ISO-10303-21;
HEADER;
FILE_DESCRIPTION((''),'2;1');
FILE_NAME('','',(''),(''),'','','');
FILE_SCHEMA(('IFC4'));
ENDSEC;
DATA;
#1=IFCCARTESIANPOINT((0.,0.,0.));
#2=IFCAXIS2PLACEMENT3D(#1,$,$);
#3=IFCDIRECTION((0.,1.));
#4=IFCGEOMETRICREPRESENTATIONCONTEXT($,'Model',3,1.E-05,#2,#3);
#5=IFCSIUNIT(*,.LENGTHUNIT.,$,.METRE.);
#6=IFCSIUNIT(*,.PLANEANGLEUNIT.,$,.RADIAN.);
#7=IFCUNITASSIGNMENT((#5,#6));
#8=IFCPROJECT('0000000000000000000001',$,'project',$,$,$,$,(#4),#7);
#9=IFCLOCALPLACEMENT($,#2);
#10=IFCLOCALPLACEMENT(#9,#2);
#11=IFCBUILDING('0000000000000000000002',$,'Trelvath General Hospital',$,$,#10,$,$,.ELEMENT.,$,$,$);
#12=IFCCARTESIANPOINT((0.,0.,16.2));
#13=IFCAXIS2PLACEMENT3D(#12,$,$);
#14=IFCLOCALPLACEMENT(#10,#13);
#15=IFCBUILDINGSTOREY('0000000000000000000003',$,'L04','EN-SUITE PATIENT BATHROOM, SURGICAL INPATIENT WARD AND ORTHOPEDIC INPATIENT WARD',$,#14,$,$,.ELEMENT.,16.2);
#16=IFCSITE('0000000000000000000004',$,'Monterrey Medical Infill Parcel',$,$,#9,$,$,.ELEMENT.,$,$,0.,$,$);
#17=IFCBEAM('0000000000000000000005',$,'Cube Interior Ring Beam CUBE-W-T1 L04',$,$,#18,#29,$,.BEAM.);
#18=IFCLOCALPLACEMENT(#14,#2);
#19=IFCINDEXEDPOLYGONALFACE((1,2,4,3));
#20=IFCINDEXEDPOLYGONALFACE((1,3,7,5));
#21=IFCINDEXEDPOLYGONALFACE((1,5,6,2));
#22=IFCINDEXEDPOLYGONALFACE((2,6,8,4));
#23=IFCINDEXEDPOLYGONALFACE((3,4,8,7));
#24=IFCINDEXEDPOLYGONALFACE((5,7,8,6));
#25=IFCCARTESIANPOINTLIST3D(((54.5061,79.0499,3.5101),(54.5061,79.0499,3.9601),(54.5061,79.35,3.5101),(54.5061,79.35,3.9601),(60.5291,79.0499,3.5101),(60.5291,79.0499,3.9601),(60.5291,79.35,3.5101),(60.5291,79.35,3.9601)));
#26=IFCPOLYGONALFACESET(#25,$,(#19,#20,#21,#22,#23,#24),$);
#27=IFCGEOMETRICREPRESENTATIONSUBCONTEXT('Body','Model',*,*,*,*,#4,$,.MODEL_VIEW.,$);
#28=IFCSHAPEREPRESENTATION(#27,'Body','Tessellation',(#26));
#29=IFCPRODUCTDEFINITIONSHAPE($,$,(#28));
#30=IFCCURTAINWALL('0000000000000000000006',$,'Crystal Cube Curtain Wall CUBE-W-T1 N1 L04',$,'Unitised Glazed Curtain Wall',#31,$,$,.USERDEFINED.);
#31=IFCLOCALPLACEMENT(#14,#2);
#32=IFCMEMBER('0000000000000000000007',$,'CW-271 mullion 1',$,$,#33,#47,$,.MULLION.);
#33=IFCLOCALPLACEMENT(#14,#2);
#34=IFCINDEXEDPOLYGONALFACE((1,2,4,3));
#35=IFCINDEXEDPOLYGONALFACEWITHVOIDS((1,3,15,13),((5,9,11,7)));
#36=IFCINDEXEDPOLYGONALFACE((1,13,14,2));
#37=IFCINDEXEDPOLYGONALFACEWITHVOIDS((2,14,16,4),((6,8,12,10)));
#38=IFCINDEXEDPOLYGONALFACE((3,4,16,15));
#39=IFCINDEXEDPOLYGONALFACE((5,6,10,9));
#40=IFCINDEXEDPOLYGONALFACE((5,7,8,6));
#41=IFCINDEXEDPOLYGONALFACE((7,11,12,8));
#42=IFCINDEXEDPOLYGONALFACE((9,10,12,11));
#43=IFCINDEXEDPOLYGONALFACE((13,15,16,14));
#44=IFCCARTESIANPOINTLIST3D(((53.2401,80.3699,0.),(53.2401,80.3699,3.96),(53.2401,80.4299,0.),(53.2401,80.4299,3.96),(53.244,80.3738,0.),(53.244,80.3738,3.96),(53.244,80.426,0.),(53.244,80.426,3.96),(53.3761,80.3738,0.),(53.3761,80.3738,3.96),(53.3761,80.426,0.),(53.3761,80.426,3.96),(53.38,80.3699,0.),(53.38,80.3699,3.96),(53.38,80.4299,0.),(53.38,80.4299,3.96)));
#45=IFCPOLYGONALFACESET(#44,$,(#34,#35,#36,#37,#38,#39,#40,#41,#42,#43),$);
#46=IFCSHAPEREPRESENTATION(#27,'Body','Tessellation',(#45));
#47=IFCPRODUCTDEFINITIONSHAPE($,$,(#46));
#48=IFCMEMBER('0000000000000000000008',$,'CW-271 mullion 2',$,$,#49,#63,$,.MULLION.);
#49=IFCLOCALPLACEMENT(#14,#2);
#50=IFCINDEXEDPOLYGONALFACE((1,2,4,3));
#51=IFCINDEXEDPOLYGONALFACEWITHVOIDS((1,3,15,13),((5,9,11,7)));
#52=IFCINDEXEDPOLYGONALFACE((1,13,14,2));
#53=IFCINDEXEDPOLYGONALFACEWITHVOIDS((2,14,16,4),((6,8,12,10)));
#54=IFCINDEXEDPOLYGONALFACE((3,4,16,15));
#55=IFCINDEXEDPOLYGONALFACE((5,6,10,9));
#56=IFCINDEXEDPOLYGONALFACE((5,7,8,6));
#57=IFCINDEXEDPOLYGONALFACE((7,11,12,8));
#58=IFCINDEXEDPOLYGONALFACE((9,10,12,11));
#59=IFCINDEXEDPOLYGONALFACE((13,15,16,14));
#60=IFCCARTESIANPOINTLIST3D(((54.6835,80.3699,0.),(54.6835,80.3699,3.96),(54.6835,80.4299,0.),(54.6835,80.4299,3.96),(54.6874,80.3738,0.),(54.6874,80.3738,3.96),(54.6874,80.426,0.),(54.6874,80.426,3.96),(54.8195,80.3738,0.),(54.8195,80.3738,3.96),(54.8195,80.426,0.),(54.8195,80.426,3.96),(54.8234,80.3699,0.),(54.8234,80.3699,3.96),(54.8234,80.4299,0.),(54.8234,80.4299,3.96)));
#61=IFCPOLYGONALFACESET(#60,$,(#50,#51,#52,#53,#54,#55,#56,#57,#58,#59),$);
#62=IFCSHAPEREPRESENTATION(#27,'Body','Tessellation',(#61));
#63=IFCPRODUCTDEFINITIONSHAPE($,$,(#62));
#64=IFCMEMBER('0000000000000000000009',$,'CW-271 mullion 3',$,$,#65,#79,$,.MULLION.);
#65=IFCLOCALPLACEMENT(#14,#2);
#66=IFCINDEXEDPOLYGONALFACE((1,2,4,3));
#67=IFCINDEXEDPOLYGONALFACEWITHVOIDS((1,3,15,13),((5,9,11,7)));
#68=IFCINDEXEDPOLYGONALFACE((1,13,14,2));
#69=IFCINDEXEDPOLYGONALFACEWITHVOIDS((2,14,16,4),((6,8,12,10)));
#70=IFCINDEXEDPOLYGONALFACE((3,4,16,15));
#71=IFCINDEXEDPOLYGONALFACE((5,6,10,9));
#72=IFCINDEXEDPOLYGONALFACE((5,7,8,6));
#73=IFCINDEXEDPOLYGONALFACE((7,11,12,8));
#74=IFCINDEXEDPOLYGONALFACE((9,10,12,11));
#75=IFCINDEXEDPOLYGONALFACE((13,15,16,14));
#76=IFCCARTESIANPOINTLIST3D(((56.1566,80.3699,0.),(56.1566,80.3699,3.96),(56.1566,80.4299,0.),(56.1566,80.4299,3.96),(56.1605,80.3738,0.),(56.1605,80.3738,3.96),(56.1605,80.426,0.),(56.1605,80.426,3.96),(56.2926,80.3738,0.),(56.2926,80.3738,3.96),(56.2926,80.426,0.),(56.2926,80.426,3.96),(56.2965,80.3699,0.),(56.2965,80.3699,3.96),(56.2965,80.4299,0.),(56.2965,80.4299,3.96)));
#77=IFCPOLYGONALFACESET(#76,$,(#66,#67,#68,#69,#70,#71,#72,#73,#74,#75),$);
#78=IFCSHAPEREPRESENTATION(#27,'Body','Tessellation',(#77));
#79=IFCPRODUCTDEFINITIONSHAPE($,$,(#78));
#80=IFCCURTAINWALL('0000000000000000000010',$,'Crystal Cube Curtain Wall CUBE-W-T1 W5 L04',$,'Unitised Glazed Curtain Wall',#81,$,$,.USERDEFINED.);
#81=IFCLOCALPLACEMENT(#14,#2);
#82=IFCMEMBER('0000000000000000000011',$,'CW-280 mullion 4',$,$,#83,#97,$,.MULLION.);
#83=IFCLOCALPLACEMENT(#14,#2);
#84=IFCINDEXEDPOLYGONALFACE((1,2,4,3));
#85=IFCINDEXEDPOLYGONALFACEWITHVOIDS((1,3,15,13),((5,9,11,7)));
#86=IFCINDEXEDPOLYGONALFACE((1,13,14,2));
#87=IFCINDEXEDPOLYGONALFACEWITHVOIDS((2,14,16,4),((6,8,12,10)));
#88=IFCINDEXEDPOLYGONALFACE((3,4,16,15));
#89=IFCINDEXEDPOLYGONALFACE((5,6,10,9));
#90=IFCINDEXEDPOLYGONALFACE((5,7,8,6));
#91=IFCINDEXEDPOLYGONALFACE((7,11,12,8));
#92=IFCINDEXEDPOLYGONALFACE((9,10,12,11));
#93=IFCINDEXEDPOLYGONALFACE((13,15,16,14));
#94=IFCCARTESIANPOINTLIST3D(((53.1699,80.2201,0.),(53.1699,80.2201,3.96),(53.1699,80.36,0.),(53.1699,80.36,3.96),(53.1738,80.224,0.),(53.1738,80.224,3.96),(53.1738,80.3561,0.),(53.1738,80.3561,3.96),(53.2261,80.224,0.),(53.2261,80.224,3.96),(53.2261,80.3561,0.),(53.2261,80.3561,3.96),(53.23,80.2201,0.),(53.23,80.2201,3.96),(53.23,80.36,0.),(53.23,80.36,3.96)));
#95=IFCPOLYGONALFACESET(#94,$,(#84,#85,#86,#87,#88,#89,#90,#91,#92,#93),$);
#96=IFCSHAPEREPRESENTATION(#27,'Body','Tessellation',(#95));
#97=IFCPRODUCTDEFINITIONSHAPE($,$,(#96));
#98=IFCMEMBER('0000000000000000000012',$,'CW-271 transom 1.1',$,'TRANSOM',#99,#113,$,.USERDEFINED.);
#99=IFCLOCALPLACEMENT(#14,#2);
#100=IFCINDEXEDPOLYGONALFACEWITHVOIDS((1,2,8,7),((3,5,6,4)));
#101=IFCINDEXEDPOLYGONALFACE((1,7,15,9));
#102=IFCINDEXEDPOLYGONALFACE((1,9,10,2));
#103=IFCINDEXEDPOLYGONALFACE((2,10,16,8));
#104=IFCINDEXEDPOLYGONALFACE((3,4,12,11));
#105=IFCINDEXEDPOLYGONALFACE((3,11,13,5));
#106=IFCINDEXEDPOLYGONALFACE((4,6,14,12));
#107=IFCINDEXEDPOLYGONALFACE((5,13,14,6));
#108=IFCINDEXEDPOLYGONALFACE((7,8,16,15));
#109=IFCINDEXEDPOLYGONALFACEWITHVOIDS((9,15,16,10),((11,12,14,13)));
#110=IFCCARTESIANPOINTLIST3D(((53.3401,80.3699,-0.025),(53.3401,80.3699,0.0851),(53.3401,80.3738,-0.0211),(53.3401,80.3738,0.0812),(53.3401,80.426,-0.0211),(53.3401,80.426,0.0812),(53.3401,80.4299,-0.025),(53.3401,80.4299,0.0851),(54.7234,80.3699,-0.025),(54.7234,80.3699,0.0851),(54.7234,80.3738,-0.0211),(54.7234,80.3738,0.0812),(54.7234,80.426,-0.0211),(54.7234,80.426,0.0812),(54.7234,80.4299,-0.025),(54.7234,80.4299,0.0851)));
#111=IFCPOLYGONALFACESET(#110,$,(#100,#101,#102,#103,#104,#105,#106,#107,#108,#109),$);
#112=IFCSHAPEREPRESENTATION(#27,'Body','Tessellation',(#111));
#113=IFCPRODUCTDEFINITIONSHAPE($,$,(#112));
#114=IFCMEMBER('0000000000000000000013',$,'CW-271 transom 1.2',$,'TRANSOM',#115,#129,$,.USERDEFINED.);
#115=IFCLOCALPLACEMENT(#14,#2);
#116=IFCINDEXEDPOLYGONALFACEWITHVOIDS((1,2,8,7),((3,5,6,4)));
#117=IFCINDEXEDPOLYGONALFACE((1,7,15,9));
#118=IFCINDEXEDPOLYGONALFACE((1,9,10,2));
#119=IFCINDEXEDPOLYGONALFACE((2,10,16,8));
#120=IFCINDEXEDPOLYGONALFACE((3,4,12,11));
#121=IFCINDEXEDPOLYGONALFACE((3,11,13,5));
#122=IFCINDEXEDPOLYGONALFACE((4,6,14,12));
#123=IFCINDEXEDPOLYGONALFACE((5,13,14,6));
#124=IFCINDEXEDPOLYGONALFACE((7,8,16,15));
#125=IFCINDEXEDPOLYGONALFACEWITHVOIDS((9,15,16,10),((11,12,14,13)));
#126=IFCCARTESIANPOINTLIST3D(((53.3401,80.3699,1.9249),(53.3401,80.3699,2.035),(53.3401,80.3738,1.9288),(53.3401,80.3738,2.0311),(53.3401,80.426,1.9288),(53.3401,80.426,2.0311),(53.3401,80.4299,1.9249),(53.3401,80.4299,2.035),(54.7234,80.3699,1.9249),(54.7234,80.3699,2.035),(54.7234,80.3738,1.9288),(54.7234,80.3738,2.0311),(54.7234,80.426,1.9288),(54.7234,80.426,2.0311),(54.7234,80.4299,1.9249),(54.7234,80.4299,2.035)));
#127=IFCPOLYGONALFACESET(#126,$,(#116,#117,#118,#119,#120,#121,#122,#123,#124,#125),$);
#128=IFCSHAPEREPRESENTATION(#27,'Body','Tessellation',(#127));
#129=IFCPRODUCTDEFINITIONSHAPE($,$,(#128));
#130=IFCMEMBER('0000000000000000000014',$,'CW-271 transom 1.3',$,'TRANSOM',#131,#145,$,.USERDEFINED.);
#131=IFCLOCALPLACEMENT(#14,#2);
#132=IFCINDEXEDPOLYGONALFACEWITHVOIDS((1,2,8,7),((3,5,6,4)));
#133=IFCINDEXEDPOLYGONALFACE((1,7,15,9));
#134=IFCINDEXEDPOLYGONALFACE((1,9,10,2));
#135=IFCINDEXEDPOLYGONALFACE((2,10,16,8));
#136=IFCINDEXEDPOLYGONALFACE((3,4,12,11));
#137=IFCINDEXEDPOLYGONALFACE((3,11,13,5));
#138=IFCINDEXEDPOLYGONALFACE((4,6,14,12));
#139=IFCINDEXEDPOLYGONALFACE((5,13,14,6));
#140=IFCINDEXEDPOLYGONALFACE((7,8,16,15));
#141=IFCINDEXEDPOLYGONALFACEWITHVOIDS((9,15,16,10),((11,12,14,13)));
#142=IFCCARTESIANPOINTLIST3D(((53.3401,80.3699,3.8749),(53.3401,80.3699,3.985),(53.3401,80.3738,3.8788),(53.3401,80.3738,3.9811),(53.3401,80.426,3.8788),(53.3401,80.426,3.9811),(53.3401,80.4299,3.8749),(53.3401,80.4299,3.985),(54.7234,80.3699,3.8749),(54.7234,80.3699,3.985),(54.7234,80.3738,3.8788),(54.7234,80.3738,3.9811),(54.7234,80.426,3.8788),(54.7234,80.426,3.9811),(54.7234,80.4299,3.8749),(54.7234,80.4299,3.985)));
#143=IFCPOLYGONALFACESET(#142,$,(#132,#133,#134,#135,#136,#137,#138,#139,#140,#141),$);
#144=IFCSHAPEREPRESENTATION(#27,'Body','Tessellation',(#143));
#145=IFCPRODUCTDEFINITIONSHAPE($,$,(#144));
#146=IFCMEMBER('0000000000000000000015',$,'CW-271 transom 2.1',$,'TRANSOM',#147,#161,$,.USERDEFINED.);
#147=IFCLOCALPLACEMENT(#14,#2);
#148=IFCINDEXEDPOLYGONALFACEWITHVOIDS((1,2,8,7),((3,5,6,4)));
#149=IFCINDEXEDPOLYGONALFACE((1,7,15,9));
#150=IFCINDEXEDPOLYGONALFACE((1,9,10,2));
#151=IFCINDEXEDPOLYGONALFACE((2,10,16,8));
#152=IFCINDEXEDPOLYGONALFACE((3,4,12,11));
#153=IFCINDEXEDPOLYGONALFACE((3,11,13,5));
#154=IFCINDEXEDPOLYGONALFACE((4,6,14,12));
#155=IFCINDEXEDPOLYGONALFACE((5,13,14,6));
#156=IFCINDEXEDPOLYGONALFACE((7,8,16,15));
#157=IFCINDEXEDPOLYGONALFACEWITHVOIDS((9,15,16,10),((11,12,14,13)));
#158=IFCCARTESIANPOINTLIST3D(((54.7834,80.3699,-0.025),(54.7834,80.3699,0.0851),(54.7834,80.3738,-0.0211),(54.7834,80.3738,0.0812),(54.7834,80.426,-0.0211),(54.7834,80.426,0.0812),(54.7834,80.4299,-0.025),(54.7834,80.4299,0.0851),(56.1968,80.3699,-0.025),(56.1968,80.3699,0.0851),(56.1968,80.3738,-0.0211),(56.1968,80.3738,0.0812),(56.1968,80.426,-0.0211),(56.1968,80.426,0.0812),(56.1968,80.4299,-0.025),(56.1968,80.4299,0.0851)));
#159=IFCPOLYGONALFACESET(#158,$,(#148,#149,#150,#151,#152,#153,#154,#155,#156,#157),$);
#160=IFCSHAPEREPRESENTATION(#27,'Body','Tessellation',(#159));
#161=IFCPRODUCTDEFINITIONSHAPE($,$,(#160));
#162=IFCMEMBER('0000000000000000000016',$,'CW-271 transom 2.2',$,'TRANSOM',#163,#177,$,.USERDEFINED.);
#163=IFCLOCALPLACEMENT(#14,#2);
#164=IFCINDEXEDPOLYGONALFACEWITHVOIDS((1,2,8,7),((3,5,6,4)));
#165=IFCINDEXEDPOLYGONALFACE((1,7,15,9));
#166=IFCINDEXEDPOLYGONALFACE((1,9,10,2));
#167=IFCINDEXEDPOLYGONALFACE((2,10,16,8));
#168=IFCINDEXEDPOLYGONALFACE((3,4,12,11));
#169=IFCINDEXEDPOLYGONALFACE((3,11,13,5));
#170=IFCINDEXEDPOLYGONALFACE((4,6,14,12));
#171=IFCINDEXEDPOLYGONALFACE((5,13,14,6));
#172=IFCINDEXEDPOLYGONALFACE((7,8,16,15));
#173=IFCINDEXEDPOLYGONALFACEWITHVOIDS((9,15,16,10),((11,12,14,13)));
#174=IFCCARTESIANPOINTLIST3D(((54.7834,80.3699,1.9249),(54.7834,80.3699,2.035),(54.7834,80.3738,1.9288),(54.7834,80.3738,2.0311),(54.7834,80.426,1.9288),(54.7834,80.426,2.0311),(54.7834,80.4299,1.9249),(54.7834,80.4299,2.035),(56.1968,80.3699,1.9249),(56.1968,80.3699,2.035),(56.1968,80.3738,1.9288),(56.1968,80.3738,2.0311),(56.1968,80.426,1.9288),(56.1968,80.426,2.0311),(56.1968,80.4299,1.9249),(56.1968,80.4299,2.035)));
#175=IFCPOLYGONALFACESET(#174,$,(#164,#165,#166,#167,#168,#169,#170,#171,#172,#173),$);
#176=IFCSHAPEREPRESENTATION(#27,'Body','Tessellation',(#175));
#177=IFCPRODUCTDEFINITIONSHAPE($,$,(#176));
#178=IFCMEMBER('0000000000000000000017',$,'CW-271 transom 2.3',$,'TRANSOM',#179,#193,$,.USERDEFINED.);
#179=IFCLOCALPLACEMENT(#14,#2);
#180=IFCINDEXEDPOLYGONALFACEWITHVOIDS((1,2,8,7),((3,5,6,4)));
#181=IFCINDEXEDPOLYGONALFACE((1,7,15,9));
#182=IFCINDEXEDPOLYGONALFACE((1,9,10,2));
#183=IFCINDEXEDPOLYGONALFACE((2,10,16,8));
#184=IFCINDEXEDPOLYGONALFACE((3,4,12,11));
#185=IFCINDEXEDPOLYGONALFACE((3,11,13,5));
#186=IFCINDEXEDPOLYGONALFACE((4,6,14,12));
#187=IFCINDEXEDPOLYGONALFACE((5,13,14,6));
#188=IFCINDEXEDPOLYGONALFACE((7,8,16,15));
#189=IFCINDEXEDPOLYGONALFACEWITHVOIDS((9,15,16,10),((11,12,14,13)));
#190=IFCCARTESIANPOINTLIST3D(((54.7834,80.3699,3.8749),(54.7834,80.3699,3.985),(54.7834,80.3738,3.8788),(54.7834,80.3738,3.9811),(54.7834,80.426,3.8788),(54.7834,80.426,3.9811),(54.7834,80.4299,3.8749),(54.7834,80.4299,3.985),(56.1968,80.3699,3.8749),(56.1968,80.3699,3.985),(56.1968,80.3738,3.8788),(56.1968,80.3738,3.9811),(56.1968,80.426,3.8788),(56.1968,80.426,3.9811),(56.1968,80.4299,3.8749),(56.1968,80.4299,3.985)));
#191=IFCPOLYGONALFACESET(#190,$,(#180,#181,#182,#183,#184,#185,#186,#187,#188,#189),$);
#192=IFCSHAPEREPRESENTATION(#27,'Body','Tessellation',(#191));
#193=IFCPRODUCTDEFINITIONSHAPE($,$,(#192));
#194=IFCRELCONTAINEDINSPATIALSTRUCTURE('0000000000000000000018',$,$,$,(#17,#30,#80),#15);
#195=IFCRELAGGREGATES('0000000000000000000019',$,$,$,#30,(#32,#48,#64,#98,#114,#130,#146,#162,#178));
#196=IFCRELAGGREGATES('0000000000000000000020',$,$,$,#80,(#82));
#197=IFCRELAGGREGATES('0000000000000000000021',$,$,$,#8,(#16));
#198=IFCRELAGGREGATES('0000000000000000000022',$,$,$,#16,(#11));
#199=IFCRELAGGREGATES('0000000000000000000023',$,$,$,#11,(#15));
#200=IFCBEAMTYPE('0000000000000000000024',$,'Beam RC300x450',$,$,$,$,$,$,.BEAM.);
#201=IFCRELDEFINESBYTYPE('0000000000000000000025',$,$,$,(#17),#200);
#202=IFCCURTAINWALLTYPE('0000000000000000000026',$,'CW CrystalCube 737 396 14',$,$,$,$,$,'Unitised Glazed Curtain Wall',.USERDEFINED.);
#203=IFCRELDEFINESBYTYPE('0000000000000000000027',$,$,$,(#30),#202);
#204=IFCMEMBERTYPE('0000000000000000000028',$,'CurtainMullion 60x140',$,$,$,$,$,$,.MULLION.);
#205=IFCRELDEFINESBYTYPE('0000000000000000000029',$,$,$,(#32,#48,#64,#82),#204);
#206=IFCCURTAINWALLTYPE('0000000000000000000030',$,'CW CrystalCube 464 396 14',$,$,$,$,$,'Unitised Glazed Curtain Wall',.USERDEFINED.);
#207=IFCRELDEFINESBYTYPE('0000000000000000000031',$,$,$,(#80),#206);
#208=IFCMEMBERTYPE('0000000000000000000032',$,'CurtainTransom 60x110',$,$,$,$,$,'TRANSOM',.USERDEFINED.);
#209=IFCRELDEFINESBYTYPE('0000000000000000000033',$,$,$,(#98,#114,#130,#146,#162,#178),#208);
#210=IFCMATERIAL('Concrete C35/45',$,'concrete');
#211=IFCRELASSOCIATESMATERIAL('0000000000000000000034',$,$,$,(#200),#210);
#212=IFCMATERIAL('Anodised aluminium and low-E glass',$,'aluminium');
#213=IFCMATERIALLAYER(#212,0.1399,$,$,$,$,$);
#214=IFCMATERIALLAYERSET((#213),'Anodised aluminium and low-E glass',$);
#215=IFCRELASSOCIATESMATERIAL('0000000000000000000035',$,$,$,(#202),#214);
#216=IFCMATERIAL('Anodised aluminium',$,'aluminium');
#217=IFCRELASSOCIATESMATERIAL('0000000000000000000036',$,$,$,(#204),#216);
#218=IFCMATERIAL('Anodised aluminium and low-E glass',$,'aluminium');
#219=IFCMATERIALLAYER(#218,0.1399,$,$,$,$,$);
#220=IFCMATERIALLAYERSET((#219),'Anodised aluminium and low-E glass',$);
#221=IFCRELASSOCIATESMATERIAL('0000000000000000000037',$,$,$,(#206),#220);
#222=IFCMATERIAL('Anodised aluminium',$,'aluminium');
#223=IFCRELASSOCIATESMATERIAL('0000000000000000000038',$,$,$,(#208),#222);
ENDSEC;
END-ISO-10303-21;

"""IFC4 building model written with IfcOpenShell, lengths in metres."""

from ifc_helpers import new_model, si_unit, direction, frame, origin, origin_2d, place, context, subcontext, project, spatial, rectangle, hollow_rectangle, extrude, material, layer, layer_set, material_profile, profile_set, type_object, element, aggregate, save


model = new_model("IFC4")

# Units and contexts
model_context = context("Model", 3, precision=1e-05, world=origin(), true_north=direction((0.0, 1.0)))
body_context = subcontext(model_context, "Body", "Model", "MODEL_VIEW")
ifc_project = project(units=[si_unit("LENGTHUNIT", "METRE"), si_unit("PLANEANGLEUNIT", "RADIAN")], contexts=[model_context])

# Site, building, storey
site_placement = place(None, origin())
site = spatial("IfcSite", under=ifc_project, at=site_placement, Name="Monterrey Medical Infill Parcel", CompositionType="ELEMENT", RefElevation=0.0)
building_placement = place(site_placement, origin())
building = spatial("IfcBuilding", under=site, at=building_placement, Name="Trelvath General Hospital", CompositionType="ELEMENT")
storey_placement = place(building_placement, frame((0.0, 0.0, 16.2)))
storey = spatial("IfcBuildingStorey", under=building, at=storey_placement, Name="L04", Description="EN-SUITE PATIENT BATHROOM, SURGICAL INPATIENT WARD AND ORTHOPEDIC INPATIENT WARD", CompositionType="ELEMENT", Elevation=16.2)

# Beam
ifc_material_1 = material(Name="Concrete C35/45", Category="concrete")
ifc_material_profile_1 = material_profile(ifc_material_1, rectangle(XDim=0.3, YDim=0.45, at=origin_2d()), Name="RCB300x450")
ifc_profile_set_1 = profile_set([ifc_material_profile_1], Name="Concrete C35/45")
beam_type = type_object("IfcBeamType", Name="Beam RC300x450", PredefinedType="BEAM", material=ifc_profile_set_1)
beam_placement = place(storey_placement, frame((54.5061, 79.2, 3.7351), z_axis=(1.0, 0.0, 0.0), x_axis=(0.0, 1.0, 0.0)))
element("IfcBeam", 1, at=beam_placement, inside=storey, type_object=beam_type, Name="Cube Interior Ring Beam CUBE-W-T1 L04", PredefinedType="BEAM", context=body_context, shape_type="SweptSolid", body=[
    extrude(rectangle(XDim=0.3, YDim=0.45, at=origin_2d()), origin(), (0.0, 0.0, 1.0), 6.0229),
])

# Curtain wall, members
ifc_material_2 = material(Name="Anodised aluminium and low-E glass", Category="aluminium")
ifc_layer_1 = layer(ifc_material_2, 0.1399)
ifc_layer_set_1 = layer_set([ifc_layer_1], Name="Anodised aluminium and low-E glass")
curtain_wall_type_1 = type_object("IfcCurtainWallType", Name="CW CrystalCube 737 396 14", ElementType="Unitised Glazed Curtain Wall", PredefinedType="USERDEFINED", material=ifc_layer_set_1)
curtain_wall_1_placement = place(storey_placement, origin())
curtain_wall_1 = element("IfcCurtainWall", 2, at=curtain_wall_1_placement, inside=storey, type_object=curtain_wall_type_1, Name="Crystal Cube Curtain Wall CUBE-W-T1 N1 L04", ObjectType="Unitised Glazed Curtain Wall", PredefinedType="USERDEFINED")
ifc_material_3 = material(Name="Anodised aluminium", Category="aluminium")
ifc_material_profile_2 = material_profile(ifc_material_3, hollow_rectangle(XDim=0.0601, YDim=0.1399, WallThickness=0.0039, at=origin_2d()), Name="RHS60x140x4")
ifc_profile_set_2 = profile_set([ifc_material_profile_2], Name="Anodised aluminium")
member_type_1 = type_object("IfcMemberType", Name="CurtainMullion 60x140", PredefinedType="MULLION", material=ifc_profile_set_2)
member_1_placement = place(storey_placement, frame((53.3101, 80.3999, 0.0), z_axis=(0.0, 0.0, 1.0), x_axis=(0.0, 1.0, 0.0)))
member_1 = element("IfcMember", 3, at=member_1_placement, type_object=member_type_1, Name="CW-271 mullion 1", PredefinedType="MULLION", context=body_context, shape_type="SweptSolid", body=[
    extrude(hollow_rectangle(XDim=0.0601, YDim=0.1399, WallThickness=0.0039, at=origin_2d()), origin(), (0.0, 0.0, 1.0), 3.96),
])
member_2_placement = place(storey_placement, frame((54.7534, 80.3999, 0.0), z_axis=(0.0, 0.0, 1.0), x_axis=(0.0, 1.0, 0.0)))
member_2 = element("IfcMember", 4, at=member_2_placement, type_object=member_type_1, Name="CW-271 mullion 2", PredefinedType="MULLION", context=body_context, shape_type="SweptSolid", body=[
    extrude(hollow_rectangle(XDim=0.0601, YDim=0.1399, WallThickness=0.0039, at=origin_2d()), origin(), (0.0, 0.0, 1.0), 3.96),
])
member_3_placement = place(storey_placement, frame((56.2266, 80.3999, 0.0), z_axis=(0.0, 0.0, 1.0), x_axis=(0.0, 1.0, 0.0)))
member_3 = element("IfcMember", 5, at=member_3_placement, type_object=member_type_1, Name="CW-271 mullion 3", PredefinedType="MULLION", context=body_context, shape_type="SweptSolid", body=[
    extrude(hollow_rectangle(XDim=0.0601, YDim=0.1399, WallThickness=0.0039, at=origin_2d()), origin(), (0.0, 0.0, 1.0), 3.96),
])

# Curtain wall, member
ifc_material_4 = material(Name="Anodised aluminium and low-E glass", Category="aluminium")
ifc_layer_2 = layer(ifc_material_4, 0.1399)
ifc_layer_set_2 = layer_set([ifc_layer_2], Name="Anodised aluminium and low-E glass")
curtain_wall_type_2 = type_object("IfcCurtainWallType", Name="CW CrystalCube 464 396 14", ElementType="Unitised Glazed Curtain Wall", PredefinedType="USERDEFINED", material=ifc_layer_set_2)
curtain_wall_2_placement = place(storey_placement, origin())
curtain_wall_2 = element("IfcCurtainWall", 6, at=curtain_wall_2_placement, inside=storey, type_object=curtain_wall_type_2, Name="Crystal Cube Curtain Wall CUBE-W-T1 W5 L04", ObjectType="Unitised Glazed Curtain Wall", PredefinedType="USERDEFINED")
member_4_placement = place(storey_placement, frame((53.2, 80.29, 0.0), z_axis=(0.0, 0.0, 1.0), x_axis=(-1.0, 0.0, 0.0)))
member_4 = element("IfcMember", 7, at=member_4_placement, type_object=member_type_1, Name="CW-280 mullion 4", PredefinedType="MULLION", context=body_context, shape_type="SweptSolid", body=[
    extrude(hollow_rectangle(XDim=0.0601, YDim=0.1399, WallThickness=0.0039, at=origin_2d()), origin(), (0.0, 0.0, 1.0), 3.96),
])

# Members
ifc_material_5 = material(Name="Anodised aluminium", Category="aluminium")
ifc_material_profile_3 = material_profile(ifc_material_5, hollow_rectangle(XDim=0.0601, YDim=0.1101, WallThickness=0.0039, at=origin_2d()), Name="RHS60x110x4")
ifc_profile_set_3 = profile_set([ifc_material_profile_3], Name="Anodised aluminium")
member_type_2 = type_object("IfcMemberType", Name="CurtainTransom 60x110", ElementType="TRANSOM", PredefinedType="USERDEFINED", material=ifc_profile_set_3)
member_5_placement = place(storey_placement, frame((53.3401, 80.3999, 0.03), z_axis=(1.0, 0.0, 0.0), x_axis=(0.0, 1.0, 0.0)))
member_5 = element("IfcMember", 8, at=member_5_placement, type_object=member_type_2, Name="CW-271 transom 1.1", ObjectType="TRANSOM", PredefinedType="USERDEFINED", context=body_context, shape_type="SweptSolid", body=[
    extrude(hollow_rectangle(XDim=0.0601, YDim=0.1101, WallThickness=0.0039, at=origin_2d()), origin(), (0.0, 0.0, 1.0), 1.3833),
])
member_6_placement = place(storey_placement, frame((53.3401, 80.3999, 1.98), z_axis=(1.0, 0.0, 0.0), x_axis=(0.0, 1.0, 0.0)))
member_6 = element("IfcMember", 9, at=member_6_placement, type_object=member_type_2, Name="CW-271 transom 1.2", ObjectType="TRANSOM", PredefinedType="USERDEFINED", context=body_context, shape_type="SweptSolid", body=[
    extrude(hollow_rectangle(XDim=0.0601, YDim=0.1101, WallThickness=0.0039, at=origin_2d()), origin(), (0.0, 0.0, 1.0), 1.3833),
])
member_7_placement = place(storey_placement, frame((53.3401, 80.3999, 3.9299), z_axis=(1.0, 0.0, 0.0), x_axis=(0.0, 1.0, 0.0)))
member_7 = element("IfcMember", 10, at=member_7_placement, type_object=member_type_2, Name="CW-271 transom 1.3", ObjectType="TRANSOM", PredefinedType="USERDEFINED", context=body_context, shape_type="SweptSolid", body=[
    extrude(hollow_rectangle(XDim=0.0601, YDim=0.1101, WallThickness=0.0039, at=origin_2d()), origin(), (0.0, 0.0, 1.0), 1.3833),
])
member_8_placement = place(storey_placement, frame((54.7834, 80.3999, 0.03), z_axis=(1.0, 0.0, 0.0), x_axis=(0.0, 1.0, 0.0)))
member_8 = element("IfcMember", 11, at=member_8_placement, type_object=member_type_2, Name="CW-271 transom 2.1", ObjectType="TRANSOM", PredefinedType="USERDEFINED", context=body_context, shape_type="SweptSolid", body=[
    extrude(hollow_rectangle(XDim=0.0601, YDim=0.1101, WallThickness=0.0039, at=origin_2d()), origin(), (0.0, 0.0, 1.0), 1.4133),
])
member_9_placement = place(storey_placement, frame((54.7834, 80.3999, 1.98), z_axis=(1.0, 0.0, 0.0), x_axis=(0.0, 1.0, 0.0)))
member_9 = element("IfcMember", 12, at=member_9_placement, type_object=member_type_2, Name="CW-271 transom 2.2", ObjectType="TRANSOM", PredefinedType="USERDEFINED", context=body_context, shape_type="SweptSolid", body=[
    extrude(hollow_rectangle(XDim=0.0601, YDim=0.1101, WallThickness=0.0039, at=origin_2d()), origin(), (0.0, 0.0, 1.0), 1.4133),
])
member_10_placement = place(storey_placement, frame((54.7834, 80.3999, 3.9299), z_axis=(1.0, 0.0, 0.0), x_axis=(0.0, 1.0, 0.0)))
member_10 = element("IfcMember", 13, at=member_10_placement, type_object=member_type_2, Name="CW-271 transom 2.3", ObjectType="TRANSOM", PredefinedType="USERDEFINED", context=body_context, shape_type="SweptSolid", body=[
    extrude(hollow_rectangle(XDim=0.0601, YDim=0.1101, WallThickness=0.0039, at=origin_2d()), origin(), (0.0, 0.0, 1.0), 1.4133),
])

aggregate(curtain_wall_1, [member_1, member_2, member_3, member_5, member_6, member_7, member_8, member_9, member_10])
aggregate(curtain_wall_2, [member_4])

save(model, "model.ifc")
